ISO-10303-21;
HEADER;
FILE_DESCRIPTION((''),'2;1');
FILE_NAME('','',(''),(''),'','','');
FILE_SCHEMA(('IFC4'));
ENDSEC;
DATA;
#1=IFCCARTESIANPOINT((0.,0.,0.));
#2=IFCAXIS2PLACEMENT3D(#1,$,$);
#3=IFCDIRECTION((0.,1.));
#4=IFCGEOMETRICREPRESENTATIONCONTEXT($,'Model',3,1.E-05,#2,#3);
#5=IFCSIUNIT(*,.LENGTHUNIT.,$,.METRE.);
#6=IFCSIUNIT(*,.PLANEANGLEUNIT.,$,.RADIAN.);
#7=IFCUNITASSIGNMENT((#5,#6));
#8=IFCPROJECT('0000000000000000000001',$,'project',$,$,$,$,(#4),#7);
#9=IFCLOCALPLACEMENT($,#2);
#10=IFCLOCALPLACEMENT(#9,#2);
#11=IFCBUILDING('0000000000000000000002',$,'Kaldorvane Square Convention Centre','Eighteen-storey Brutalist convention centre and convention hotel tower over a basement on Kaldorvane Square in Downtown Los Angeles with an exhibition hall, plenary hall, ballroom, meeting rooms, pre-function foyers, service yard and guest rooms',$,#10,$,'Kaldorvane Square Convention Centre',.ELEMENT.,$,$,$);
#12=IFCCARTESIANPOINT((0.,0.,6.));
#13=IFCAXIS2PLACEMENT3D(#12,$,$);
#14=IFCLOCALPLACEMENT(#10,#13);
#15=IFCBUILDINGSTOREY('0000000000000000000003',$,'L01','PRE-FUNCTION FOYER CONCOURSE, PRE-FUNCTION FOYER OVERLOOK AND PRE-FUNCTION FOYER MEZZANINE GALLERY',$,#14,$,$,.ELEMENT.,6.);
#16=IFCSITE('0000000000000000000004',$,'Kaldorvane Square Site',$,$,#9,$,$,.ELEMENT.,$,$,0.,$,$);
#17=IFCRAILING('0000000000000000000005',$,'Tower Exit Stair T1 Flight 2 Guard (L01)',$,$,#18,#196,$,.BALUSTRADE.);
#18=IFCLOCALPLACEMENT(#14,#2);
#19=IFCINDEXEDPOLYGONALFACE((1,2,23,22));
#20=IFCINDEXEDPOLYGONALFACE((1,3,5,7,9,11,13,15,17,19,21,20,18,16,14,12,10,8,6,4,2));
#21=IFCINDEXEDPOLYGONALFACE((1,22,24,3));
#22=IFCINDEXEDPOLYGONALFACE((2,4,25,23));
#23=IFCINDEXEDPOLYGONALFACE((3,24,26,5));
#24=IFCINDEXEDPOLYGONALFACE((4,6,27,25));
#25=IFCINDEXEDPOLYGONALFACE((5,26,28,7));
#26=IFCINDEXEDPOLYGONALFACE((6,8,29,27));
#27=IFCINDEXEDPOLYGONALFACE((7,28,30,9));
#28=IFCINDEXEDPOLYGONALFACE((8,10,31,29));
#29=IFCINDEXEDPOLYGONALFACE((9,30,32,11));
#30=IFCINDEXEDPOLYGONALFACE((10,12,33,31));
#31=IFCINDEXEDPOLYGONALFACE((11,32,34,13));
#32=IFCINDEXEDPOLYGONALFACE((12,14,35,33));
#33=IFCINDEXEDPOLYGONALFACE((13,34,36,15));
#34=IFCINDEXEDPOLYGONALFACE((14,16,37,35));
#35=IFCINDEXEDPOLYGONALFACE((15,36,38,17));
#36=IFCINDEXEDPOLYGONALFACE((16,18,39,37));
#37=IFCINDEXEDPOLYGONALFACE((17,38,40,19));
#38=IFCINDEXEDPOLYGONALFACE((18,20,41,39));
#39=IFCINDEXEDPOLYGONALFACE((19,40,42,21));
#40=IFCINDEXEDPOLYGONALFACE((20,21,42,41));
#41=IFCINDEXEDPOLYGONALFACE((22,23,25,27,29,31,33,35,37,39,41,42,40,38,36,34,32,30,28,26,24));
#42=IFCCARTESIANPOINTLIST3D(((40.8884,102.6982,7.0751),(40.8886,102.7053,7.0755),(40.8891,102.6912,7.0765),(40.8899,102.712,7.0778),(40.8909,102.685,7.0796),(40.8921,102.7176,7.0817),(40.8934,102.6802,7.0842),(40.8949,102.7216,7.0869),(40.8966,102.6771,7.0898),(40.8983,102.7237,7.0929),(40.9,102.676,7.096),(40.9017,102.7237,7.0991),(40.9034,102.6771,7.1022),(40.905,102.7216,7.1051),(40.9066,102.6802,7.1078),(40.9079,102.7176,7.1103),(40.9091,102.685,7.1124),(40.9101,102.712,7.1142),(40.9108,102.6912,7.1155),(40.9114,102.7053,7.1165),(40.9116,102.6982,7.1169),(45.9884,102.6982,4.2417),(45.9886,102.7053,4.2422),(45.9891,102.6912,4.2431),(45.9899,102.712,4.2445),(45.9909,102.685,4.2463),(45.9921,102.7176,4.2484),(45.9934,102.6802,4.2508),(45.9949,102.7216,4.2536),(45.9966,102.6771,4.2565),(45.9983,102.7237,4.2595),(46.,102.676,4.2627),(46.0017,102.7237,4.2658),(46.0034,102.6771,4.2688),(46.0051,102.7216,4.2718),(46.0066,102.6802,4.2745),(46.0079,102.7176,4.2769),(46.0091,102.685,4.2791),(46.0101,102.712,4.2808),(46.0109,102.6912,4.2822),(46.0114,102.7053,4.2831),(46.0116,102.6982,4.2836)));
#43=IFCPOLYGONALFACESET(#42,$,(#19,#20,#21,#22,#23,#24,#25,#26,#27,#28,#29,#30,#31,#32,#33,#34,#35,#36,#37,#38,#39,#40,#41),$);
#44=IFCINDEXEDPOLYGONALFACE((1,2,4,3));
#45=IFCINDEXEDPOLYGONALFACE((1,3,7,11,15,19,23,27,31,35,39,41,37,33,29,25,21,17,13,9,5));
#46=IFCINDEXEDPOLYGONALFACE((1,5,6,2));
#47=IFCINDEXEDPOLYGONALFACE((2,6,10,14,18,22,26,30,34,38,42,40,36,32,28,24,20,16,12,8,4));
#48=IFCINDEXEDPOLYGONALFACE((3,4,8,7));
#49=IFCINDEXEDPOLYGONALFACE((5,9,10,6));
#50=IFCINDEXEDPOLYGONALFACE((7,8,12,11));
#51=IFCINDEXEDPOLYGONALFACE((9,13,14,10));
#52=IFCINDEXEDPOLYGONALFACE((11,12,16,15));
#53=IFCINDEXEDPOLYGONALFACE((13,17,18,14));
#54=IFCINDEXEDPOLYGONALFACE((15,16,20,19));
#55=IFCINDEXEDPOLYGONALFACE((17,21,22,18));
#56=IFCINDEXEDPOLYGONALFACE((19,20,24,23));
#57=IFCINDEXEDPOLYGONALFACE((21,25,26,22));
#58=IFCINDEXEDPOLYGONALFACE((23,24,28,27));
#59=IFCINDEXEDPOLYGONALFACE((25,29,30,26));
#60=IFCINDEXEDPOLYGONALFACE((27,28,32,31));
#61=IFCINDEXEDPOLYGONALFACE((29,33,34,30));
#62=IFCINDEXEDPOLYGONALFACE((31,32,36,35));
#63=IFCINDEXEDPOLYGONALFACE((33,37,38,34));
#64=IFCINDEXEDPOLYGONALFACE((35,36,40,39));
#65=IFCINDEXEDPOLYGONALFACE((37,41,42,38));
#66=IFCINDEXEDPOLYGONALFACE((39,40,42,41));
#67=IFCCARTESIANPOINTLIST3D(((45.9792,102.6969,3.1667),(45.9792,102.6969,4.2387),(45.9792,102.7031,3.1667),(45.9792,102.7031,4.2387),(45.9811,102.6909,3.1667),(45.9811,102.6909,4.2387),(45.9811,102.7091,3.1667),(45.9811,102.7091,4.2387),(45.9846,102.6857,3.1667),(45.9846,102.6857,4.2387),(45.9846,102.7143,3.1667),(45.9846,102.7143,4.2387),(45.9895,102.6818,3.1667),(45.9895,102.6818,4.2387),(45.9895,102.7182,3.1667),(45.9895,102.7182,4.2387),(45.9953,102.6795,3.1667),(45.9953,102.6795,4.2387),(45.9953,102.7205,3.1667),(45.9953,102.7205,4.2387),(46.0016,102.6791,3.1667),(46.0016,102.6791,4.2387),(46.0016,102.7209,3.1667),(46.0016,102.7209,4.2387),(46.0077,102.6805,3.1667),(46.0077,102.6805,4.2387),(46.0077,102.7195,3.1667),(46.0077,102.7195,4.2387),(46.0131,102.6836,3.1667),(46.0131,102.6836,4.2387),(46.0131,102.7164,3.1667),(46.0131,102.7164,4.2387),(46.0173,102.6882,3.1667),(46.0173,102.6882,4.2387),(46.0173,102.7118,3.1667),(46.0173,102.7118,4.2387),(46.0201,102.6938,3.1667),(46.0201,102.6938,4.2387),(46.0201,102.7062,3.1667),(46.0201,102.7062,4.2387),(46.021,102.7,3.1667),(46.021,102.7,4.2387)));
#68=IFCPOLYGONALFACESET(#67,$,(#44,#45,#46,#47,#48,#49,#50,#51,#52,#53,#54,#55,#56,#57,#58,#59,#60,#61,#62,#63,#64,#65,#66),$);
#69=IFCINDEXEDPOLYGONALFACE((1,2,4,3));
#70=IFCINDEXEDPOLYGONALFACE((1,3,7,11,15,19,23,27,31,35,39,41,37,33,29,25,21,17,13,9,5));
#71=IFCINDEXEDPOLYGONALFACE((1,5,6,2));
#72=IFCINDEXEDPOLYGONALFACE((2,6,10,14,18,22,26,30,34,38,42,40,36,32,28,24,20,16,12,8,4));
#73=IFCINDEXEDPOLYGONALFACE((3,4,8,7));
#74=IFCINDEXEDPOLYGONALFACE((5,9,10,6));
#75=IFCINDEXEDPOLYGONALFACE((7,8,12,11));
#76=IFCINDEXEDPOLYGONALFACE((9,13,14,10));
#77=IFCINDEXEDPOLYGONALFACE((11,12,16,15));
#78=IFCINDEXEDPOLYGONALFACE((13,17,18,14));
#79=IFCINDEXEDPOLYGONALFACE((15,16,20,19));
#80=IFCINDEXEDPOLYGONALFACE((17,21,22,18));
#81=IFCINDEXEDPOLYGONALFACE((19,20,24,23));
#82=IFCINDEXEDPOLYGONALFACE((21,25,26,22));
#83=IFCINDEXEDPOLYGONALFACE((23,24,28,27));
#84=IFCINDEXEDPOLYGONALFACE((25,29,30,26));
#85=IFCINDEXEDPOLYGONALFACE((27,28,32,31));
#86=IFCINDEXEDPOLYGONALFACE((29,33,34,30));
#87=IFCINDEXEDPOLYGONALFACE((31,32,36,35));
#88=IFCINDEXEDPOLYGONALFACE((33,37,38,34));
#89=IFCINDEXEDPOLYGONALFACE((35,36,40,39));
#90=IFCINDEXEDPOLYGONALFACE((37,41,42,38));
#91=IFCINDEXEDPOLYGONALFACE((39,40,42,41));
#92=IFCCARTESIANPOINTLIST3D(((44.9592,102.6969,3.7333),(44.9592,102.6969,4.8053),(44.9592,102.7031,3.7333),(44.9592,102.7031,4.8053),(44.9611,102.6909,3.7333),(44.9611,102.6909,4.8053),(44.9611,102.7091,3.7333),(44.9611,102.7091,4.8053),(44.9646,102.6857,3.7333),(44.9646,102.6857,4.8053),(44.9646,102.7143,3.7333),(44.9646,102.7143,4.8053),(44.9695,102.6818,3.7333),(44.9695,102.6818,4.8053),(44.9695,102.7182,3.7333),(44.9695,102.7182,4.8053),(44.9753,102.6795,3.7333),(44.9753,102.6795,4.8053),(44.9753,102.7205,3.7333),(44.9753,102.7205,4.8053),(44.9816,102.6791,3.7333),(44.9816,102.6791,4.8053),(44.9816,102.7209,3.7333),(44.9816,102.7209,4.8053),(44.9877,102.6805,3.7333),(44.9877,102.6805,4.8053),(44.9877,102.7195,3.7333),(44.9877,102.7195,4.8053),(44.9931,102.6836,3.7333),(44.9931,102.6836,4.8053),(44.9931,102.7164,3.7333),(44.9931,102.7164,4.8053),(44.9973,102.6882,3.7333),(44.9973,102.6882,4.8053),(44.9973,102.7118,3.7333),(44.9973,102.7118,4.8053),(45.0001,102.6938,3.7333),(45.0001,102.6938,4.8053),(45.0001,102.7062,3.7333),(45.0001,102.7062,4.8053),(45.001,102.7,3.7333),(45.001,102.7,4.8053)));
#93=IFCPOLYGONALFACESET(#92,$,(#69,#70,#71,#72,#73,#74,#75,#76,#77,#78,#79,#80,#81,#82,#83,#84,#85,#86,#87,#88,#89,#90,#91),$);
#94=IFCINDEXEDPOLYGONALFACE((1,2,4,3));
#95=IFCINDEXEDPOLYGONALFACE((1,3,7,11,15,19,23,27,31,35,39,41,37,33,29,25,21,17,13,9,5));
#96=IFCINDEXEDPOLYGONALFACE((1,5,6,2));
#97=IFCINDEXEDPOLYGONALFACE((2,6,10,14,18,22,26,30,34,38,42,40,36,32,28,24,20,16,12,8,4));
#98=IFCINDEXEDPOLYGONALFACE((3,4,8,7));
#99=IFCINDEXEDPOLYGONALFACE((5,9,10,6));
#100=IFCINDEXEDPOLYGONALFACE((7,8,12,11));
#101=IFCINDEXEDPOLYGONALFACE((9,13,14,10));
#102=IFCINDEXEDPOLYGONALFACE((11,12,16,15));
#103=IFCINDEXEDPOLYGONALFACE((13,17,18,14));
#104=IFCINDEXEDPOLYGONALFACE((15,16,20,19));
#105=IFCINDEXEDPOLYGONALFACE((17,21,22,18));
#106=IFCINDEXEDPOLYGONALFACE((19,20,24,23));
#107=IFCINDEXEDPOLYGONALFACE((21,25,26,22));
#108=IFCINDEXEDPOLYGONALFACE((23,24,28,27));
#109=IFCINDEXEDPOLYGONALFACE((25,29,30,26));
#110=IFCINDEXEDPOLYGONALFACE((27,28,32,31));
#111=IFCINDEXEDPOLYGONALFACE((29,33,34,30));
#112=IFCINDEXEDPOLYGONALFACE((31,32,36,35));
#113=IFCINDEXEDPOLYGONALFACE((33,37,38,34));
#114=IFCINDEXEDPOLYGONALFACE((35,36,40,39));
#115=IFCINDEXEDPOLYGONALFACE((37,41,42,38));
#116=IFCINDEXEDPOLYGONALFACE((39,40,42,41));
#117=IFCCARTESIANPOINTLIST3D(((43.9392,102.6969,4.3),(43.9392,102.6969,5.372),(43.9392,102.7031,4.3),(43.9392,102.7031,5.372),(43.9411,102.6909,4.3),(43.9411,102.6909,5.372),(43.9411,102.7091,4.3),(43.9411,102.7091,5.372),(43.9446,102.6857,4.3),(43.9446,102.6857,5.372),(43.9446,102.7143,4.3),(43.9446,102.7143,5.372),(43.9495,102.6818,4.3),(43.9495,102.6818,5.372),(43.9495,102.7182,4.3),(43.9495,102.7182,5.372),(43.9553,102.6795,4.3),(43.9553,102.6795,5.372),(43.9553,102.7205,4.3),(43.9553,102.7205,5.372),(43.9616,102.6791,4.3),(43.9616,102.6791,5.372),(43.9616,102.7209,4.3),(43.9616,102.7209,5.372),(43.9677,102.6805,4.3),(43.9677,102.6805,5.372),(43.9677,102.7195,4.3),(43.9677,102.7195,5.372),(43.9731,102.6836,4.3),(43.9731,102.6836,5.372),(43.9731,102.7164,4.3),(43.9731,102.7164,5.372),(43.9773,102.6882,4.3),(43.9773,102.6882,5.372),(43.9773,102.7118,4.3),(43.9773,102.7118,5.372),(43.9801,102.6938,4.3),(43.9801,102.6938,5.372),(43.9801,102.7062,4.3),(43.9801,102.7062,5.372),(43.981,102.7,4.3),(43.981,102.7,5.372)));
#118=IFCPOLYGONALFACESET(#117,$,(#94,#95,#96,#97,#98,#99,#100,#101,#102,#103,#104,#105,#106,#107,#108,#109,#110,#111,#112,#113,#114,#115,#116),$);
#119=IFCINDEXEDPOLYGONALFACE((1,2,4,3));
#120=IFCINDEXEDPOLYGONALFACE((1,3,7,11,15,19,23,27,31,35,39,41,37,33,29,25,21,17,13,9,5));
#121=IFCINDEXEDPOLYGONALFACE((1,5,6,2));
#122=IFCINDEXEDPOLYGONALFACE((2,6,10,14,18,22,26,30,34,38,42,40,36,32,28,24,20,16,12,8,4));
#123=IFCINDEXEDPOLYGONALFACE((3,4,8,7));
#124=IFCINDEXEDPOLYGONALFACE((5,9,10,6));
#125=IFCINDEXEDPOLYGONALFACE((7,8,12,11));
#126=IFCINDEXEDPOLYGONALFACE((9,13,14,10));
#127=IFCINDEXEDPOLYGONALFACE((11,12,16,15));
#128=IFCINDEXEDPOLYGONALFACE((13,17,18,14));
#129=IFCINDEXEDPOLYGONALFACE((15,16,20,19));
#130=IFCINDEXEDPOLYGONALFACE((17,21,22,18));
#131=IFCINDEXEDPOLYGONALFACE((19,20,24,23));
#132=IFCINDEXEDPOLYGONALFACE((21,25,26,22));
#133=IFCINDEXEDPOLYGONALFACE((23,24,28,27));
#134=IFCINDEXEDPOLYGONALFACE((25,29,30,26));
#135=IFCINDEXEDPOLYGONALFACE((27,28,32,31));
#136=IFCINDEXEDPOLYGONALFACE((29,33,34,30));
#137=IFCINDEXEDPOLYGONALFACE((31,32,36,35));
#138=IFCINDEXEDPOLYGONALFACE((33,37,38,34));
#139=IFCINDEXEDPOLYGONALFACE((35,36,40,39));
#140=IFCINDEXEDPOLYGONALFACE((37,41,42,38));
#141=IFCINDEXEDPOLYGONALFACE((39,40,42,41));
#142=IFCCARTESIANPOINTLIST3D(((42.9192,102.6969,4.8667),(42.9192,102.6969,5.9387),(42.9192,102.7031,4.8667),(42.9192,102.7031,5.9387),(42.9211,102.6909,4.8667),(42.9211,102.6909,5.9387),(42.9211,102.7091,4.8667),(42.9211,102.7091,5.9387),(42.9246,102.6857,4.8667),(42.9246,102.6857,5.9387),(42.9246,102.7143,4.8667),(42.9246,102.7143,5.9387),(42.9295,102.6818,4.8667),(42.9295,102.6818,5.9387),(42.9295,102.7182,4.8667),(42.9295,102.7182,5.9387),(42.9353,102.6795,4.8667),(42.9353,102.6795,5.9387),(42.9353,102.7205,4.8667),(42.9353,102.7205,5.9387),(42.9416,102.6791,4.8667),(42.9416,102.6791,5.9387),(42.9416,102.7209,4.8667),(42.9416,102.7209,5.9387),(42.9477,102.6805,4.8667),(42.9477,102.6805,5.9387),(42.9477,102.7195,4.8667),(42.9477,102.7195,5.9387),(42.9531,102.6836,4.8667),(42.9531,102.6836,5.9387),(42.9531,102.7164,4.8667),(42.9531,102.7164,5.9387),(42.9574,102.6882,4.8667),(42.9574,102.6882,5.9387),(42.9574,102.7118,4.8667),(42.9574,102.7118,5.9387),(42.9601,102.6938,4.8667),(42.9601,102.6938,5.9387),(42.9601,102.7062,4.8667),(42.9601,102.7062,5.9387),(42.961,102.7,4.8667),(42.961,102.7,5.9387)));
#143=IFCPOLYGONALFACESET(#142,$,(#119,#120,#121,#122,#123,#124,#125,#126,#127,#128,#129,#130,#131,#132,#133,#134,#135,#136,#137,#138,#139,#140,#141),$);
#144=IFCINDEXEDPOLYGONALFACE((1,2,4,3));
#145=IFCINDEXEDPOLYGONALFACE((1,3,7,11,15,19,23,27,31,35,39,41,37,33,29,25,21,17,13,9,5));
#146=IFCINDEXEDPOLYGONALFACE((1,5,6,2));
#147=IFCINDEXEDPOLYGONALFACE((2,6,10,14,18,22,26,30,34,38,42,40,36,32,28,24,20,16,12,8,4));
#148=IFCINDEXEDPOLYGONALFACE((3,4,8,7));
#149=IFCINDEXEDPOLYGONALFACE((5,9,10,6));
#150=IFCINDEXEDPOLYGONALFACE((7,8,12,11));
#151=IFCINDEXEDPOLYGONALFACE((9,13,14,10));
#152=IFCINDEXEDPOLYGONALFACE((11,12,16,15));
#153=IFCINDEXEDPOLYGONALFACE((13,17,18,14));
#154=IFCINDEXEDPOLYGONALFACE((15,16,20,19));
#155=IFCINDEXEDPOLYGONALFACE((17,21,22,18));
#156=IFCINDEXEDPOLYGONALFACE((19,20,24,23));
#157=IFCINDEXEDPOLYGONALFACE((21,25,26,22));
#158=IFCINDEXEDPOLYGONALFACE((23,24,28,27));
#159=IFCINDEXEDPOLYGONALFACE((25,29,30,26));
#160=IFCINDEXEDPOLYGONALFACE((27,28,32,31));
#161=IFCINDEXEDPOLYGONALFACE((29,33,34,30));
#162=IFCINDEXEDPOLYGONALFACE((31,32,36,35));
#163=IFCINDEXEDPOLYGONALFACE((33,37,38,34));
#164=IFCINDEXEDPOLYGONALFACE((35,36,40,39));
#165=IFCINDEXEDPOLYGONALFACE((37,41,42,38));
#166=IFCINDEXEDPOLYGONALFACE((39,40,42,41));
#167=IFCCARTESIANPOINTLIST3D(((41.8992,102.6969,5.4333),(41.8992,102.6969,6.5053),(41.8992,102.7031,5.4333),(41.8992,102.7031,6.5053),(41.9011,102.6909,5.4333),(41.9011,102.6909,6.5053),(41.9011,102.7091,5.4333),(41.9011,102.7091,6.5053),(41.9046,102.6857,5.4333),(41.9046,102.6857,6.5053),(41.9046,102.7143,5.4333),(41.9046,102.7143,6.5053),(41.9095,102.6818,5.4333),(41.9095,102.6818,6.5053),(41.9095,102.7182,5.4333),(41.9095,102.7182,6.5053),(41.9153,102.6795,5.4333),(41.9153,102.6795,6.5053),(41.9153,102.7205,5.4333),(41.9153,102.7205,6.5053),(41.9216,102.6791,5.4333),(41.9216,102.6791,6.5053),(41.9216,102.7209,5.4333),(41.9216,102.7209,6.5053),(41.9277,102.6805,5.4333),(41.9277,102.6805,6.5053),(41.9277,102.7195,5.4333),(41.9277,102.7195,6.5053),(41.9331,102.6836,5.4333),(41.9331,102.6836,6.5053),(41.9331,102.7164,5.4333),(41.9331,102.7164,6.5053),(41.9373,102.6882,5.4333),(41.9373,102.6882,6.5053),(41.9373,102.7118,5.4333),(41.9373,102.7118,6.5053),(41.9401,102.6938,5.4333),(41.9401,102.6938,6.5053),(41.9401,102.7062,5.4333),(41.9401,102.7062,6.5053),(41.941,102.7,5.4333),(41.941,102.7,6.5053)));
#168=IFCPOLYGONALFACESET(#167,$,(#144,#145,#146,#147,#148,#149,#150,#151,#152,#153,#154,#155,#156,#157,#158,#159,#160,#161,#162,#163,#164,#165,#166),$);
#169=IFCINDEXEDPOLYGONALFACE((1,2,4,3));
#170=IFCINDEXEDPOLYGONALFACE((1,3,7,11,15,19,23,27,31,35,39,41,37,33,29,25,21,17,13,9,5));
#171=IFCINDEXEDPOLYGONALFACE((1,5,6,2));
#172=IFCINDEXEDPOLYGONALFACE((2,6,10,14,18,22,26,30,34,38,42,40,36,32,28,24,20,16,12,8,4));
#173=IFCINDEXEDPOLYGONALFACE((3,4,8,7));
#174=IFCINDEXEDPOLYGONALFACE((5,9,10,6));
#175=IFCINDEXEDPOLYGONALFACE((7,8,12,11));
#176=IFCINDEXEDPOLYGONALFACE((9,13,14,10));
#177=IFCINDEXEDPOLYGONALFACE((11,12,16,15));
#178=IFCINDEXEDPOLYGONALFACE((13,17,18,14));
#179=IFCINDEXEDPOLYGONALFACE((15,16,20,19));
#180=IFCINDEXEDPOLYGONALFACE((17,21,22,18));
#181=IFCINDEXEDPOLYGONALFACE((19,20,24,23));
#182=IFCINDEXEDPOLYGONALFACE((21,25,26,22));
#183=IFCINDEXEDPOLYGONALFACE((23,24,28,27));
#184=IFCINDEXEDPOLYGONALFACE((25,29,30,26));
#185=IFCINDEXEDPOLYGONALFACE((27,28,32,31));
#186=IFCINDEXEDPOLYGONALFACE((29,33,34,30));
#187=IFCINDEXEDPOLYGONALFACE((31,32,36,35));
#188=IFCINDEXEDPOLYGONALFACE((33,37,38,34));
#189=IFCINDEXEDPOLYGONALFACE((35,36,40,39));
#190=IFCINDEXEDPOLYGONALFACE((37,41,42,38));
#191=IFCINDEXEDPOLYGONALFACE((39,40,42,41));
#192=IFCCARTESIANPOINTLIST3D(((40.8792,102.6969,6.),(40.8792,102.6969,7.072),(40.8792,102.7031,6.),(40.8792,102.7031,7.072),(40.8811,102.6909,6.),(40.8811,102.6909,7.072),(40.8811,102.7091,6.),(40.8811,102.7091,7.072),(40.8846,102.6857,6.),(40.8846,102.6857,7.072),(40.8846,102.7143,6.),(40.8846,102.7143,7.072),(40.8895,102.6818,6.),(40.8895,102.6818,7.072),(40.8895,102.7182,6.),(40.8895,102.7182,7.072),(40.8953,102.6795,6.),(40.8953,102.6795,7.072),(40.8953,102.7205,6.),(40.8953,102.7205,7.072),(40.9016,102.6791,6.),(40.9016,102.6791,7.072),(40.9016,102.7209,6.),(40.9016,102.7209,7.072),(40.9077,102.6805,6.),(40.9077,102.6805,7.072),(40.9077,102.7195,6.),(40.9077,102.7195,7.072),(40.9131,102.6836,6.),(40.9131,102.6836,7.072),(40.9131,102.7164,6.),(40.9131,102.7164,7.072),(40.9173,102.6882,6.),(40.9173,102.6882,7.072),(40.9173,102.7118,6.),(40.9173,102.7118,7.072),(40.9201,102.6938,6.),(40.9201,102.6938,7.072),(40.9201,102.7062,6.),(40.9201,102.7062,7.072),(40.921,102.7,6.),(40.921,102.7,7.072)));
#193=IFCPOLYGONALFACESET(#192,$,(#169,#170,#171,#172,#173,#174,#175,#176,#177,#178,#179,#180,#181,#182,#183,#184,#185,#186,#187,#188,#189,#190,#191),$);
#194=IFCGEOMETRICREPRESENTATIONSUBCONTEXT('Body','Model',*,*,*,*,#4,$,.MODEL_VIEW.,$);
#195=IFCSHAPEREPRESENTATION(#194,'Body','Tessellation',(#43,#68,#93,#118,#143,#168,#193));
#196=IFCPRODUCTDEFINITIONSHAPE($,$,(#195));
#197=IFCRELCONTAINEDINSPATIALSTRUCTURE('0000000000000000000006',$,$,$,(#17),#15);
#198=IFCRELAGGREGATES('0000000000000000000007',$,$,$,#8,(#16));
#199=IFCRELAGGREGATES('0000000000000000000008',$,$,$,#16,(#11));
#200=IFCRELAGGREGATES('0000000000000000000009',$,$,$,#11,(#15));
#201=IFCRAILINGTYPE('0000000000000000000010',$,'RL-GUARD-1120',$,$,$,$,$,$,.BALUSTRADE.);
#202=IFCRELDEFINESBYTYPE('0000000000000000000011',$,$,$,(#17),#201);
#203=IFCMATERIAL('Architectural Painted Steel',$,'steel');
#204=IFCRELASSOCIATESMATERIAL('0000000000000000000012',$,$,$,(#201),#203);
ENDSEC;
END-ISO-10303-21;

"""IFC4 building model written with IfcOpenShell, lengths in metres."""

from ifc_helpers import new_model, si_unit, direction, frame, origin, origin_2d, place, context, subcontext, project, spatial, circle, extrude, material, type_object, element, save


model = new_model("IFC4")

# Units and contexts
model_context = context("Model", 3, precision=1e-05, world=origin(), true_north=direction((0.0, 1.0)))
body_context = subcontext(model_context, "Body", "Model", "MODEL_VIEW")
ifc_project = project(units=[si_unit("LENGTHUNIT", "METRE"), si_unit("PLANEANGLEUNIT", "RADIAN")], contexts=[model_context])

# Site, building, storey
site_placement = place(None, origin())
site = spatial("IfcSite", under=ifc_project, at=site_placement, Name="Kaldorvane Square Site", CompositionType="ELEMENT", RefElevation=0.0)
building_placement = place(site_placement, origin())
building = spatial("IfcBuilding", under=site, at=building_placement, Name="Kaldorvane Square Convention Centre", Description="Eighteen-storey Brutalist convention centre and convention hotel tower over a basement on Kaldorvane Square in Downtown Los Angeles with an exhibition hall, plenary hall, ballroom, meeting rooms, pre-function foyers, service yard and guest rooms", LongName="Kaldorvane Square Convention Centre", CompositionType="ELEMENT")
storey_placement = place(building_placement, frame((0.0, 0.0, 6.0)))
storey = spatial("IfcBuildingStorey", under=building, at=storey_placement, Name="L01", Description="PRE-FUNCTION FOYER CONCOURSE, PRE-FUNCTION FOYER OVERLOOK AND PRE-FUNCTION FOYER MEZZANINE GALLERY", CompositionType="ELEMENT", Elevation=6.0)

# Railing
ifc_material_1 = material(Name="Architectural Painted Steel", Category="steel")
railing_type_1 = type_object("IfcRailingType", Name="RL-GUARD-1120", PredefinedType="BALUSTRADE", material=ifc_material_1)
railing_1_placement = place(storey_placement, frame((46.0, 102.7, 3.1667)))
element("IfcRailing", 1, at=railing_1_placement, inside=storey, type_object=railing_type_1, Name="Tower Exit Stair T1 Flight 2 Guard (L01)", PredefinedType="BALUSTRADE", context=body_context, shape_type="SweptSolid", body=[
    extrude(circle(Radius=0.024, at=origin_2d()), frame((0.0, 0.0, 1.096), z_axis=(-0.874158, 0.0, 0.485642), x_axis=(0.0, -1.0, 0.0)), (0.0, 0.0, 1.0), 5.8342),
    extrude(circle(Radius=0.021, at=origin_2d()), origin(), (0.0, 0.0, 1.0), 1.072),
    extrude(circle(Radius=0.021, at=origin_2d()), frame((-1.02, 0.0, 0.5667)), (0.0, 0.0, 1.0), 1.072),
    extrude(circle(Radius=0.021, at=origin_2d()), frame((-2.04, 0.0, 1.1333)), (0.0, 0.0, 1.0), 1.072),
    extrude(circle(Radius=0.021, at=origin_2d()), frame((-3.06, 0.0, 1.7)), (0.0, 0.0, 1.0), 1.072),
    extrude(circle(Radius=0.021, at=origin_2d()), frame((-4.08, 0.0, 2.2667)), (0.0, 0.0, 1.0), 1.072),
    extrude(circle(Radius=0.021, at=origin_2d()), frame((-5.1, 0.0, 2.8333)), (0.0, 0.0, 1.0), 1.072),
])

save(model, "model.ifc")
